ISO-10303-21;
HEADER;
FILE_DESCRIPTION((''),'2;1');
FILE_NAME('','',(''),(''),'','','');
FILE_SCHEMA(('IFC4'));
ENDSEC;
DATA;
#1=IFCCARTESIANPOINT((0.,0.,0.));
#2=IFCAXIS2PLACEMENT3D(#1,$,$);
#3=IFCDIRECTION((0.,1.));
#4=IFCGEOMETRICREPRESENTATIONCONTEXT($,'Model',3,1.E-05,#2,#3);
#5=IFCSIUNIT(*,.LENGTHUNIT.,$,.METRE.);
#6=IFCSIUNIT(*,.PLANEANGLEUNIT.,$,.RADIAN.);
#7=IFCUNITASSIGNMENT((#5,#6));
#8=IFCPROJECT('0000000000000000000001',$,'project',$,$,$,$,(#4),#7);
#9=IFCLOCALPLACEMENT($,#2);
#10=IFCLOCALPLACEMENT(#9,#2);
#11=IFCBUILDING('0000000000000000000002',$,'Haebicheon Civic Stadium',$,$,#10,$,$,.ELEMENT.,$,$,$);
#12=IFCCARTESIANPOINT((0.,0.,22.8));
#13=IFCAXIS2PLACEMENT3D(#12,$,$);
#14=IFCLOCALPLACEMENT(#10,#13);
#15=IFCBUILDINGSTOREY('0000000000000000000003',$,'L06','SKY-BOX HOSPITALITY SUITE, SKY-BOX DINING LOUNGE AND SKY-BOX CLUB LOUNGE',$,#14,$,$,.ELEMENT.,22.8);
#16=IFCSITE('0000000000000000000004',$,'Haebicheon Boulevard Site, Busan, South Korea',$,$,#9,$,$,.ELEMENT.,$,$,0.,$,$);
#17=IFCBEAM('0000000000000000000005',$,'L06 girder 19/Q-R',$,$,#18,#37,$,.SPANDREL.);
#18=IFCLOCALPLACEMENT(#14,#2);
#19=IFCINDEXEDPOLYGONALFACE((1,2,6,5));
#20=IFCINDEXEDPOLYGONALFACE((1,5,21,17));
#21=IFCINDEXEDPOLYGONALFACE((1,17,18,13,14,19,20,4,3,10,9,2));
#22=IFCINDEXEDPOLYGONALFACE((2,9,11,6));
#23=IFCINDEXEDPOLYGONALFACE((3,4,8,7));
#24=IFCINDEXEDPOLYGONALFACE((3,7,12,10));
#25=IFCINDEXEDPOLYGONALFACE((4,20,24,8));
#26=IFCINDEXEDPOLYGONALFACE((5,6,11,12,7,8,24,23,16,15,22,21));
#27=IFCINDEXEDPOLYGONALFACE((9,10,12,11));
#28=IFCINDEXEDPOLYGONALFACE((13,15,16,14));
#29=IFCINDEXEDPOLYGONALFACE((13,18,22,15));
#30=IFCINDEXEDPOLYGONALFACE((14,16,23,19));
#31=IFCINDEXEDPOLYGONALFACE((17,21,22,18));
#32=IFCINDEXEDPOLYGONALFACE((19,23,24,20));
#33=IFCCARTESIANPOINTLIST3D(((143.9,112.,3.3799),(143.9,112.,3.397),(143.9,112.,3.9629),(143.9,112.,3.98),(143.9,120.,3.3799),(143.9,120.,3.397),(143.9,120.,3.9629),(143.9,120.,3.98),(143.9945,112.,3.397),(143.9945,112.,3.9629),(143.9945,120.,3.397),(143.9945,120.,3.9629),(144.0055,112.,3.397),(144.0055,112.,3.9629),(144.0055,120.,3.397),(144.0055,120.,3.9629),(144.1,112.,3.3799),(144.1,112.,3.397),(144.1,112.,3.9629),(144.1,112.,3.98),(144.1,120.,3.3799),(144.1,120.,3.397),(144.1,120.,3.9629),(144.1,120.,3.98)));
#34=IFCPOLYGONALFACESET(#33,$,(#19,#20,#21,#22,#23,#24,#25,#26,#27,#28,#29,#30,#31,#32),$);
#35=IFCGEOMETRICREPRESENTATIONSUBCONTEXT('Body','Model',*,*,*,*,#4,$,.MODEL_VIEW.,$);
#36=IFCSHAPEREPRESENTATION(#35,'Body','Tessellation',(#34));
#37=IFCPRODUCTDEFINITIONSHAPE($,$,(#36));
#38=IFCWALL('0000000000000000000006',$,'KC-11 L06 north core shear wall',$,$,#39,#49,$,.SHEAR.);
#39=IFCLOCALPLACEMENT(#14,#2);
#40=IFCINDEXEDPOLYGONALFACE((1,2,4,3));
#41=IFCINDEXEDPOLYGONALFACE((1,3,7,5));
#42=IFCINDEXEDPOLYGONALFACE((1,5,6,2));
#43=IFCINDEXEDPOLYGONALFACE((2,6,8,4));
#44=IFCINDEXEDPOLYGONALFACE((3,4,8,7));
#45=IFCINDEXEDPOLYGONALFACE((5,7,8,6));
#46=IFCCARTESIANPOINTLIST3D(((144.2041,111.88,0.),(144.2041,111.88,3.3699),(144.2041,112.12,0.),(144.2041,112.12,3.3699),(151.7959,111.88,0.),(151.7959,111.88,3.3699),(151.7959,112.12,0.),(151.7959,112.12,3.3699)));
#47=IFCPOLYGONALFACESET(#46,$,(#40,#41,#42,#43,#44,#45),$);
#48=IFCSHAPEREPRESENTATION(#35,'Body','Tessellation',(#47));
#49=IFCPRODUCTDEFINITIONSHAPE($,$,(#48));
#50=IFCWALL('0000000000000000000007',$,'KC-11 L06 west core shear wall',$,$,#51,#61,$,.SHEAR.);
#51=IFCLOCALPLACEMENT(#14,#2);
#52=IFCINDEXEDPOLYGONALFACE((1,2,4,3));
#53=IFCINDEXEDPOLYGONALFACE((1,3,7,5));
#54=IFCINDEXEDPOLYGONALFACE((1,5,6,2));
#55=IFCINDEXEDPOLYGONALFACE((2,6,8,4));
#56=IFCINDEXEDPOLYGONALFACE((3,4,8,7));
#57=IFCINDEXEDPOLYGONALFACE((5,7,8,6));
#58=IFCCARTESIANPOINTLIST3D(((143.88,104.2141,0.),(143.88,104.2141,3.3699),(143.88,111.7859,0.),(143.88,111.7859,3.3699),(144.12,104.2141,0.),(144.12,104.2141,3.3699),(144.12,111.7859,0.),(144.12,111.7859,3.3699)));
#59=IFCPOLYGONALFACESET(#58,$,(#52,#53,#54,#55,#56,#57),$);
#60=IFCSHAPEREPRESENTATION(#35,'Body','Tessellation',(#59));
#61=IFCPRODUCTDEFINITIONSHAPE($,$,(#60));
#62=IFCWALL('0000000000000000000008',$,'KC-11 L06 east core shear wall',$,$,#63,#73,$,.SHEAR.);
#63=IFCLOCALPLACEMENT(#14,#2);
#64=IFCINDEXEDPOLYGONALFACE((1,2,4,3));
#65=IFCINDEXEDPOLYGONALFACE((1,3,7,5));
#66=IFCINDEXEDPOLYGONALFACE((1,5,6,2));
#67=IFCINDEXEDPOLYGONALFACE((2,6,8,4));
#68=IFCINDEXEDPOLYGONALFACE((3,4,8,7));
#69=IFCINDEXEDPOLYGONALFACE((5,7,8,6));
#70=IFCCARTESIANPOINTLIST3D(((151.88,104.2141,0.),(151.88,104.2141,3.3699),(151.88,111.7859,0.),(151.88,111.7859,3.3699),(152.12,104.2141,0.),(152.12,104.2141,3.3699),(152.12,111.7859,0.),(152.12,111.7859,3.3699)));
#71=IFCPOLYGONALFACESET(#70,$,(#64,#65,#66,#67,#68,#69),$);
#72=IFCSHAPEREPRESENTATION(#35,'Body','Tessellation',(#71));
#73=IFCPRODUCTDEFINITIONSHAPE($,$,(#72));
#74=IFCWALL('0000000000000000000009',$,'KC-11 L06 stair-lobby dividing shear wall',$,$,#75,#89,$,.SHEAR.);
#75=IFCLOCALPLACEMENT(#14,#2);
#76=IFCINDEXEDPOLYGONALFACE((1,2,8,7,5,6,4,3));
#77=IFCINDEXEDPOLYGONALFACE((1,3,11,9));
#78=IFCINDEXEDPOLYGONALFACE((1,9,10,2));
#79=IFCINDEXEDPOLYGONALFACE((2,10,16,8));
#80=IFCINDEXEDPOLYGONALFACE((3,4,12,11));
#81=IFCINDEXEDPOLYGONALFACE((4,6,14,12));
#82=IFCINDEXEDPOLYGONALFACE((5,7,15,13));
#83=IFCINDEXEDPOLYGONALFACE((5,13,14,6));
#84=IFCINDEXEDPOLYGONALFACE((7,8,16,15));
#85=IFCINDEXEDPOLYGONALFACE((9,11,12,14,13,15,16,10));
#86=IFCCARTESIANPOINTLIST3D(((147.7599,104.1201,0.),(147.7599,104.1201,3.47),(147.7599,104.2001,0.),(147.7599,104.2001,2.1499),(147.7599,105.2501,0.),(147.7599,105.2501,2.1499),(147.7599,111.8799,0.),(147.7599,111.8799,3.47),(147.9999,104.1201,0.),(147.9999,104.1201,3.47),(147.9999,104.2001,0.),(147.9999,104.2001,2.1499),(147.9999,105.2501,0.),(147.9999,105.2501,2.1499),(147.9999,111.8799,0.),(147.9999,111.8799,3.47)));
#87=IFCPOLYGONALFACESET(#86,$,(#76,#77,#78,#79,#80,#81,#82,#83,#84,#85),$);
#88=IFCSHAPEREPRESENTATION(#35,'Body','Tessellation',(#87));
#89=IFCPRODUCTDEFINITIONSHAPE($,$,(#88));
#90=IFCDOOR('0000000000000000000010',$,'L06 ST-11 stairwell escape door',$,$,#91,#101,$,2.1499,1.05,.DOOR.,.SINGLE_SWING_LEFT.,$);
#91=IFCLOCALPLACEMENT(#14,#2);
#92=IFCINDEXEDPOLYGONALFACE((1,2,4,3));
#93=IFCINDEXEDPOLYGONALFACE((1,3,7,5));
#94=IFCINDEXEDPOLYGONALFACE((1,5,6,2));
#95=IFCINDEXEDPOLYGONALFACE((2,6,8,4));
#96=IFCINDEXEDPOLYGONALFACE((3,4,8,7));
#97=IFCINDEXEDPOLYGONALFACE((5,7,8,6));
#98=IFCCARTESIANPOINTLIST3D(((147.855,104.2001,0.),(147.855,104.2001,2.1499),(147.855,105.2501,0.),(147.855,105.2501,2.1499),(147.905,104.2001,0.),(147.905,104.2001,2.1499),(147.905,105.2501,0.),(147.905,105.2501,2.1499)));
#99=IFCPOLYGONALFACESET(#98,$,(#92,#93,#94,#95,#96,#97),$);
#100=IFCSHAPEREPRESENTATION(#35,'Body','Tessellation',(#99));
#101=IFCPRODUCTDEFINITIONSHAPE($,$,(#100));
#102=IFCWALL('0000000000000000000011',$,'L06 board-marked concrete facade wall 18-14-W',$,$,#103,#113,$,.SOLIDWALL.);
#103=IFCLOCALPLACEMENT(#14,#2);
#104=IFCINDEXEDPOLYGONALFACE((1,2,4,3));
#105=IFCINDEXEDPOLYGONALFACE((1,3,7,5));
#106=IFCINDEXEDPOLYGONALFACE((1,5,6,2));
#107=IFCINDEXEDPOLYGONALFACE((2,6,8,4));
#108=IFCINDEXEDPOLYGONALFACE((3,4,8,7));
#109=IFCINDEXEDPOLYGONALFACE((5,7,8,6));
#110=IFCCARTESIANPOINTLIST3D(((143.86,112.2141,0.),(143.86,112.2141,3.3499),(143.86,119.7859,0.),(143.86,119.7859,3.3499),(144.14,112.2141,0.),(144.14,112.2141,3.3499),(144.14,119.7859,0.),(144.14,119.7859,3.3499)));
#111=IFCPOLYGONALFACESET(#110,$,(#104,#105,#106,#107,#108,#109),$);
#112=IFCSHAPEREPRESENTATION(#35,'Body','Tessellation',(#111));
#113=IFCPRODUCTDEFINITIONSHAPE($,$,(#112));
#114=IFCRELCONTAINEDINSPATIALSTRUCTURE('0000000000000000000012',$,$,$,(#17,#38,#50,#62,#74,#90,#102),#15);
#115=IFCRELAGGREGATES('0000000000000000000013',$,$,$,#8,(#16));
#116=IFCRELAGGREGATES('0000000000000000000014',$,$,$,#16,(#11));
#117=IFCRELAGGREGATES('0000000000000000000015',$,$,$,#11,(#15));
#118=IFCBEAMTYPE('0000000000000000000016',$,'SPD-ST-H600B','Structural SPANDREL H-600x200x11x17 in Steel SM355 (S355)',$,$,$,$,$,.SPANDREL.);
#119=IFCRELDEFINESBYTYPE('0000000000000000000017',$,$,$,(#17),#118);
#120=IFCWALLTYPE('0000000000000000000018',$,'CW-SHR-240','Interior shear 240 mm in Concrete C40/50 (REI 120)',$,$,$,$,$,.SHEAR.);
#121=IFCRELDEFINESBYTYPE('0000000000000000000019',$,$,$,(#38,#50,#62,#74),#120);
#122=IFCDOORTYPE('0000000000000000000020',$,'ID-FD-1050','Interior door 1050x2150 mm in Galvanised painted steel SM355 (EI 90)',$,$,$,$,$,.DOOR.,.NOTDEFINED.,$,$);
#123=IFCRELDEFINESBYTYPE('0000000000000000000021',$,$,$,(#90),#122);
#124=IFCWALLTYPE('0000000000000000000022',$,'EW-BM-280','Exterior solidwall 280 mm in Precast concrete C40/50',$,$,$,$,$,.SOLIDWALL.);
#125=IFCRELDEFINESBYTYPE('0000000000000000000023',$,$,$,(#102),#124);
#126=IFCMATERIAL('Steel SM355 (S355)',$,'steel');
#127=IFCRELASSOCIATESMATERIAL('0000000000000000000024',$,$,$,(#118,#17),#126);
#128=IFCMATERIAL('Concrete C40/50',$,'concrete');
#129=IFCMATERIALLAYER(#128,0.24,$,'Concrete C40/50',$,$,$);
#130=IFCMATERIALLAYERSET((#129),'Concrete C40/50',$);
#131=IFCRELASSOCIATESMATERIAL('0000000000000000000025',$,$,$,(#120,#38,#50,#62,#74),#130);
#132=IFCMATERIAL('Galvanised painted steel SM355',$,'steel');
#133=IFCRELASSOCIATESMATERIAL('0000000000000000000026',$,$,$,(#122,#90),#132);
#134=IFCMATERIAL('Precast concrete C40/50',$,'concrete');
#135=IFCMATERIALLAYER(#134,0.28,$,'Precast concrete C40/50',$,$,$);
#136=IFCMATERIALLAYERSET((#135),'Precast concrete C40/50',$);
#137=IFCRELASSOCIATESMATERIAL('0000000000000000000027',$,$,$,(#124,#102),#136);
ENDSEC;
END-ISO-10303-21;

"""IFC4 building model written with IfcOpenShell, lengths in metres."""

from ifc_helpers import new_model, si_unit, direction, frame, frame_2d, origin, origin_2d, place, context, subcontext, project, spatial, rectangle, i_section, extrude, material, layer, layer_set, material_profile, profile_set, type_object, element, fill, save


model = new_model("IFC4")

# Units and contexts
model_context = context("Model", 3, precision=1e-05, world=origin(), true_north=direction((0.0, 1.0)))
body_context = subcontext(model_context, "Body", "Model", "MODEL_VIEW")
ifc_project = project(units=[si_unit("LENGTHUNIT", "METRE"), si_unit("PLANEANGLEUNIT", "RADIAN")], contexts=[model_context])

# Site, building, storey
site_placement = place(None, origin())
site = spatial("IfcSite", under=ifc_project, at=site_placement, Name="Haebicheon Boulevard Site, Busan, South Korea", CompositionType="ELEMENT", RefElevation=0.0)
building_placement = place(site_placement, origin())
building = spatial("IfcBuilding", under=site, at=building_placement, Name="Haebicheon Civic Stadium", CompositionType="ELEMENT")
storey_placement = place(building_placement, frame((0.0, 0.0, 22.8)))
storey = spatial("IfcBuildingStorey", under=building, at=storey_placement, Name="L06", Description="SKY-BOX HOSPITALITY SUITE, SKY-BOX DINING LOUNGE AND SKY-BOX CLUB LOUNGE", CompositionType="ELEMENT", Elevation=22.8)

# Beam
ifc_material_1 = material(Name="Steel SM355 (S355)", Category="steel")
ifc_material_profile_1 = material_profile(ifc_material_1, i_section(OverallWidth=0.2, OverallDepth=0.6001, WebThickness=0.011, FlangeThickness=0.0171, at=origin_2d()), Name="H-600x200x11x17")
ifc_profile_set_1 = profile_set([ifc_material_profile_1], Name="Steel SM355 (S355)")
beam_type_1 = type_object("IfcBeamType", Name="SPD-ST-H600B", Description="Structural SPANDREL H-600x200x11x17 in Steel SM355 (S355)", PredefinedType="SPANDREL", material=ifc_profile_set_1)
beam_1_placement = place(storey_placement, frame((144.0, 112.0, 3.6799), z_axis=(0.0, 1.0, 0.0), x_axis=(-1.0, 0.0, 0.0)))
element("IfcBeam", 1, at=beam_1_placement, inside=storey, type_object=beam_type_1, material=ifc_profile_set_1, Name="L06 girder 19/Q-R", PredefinedType="SPANDREL", context=body_context, shape_type="SweptSolid", body=[
    extrude(i_section(OverallWidth=0.2, OverallDepth=0.6001, WebThickness=0.011, FlangeThickness=0.0171, at=origin_2d()), origin(), (0.0, 0.0, 1.0), 8.0),
])

# Walls
ifc_material_2 = material(Name="Concrete C40/50", Category="concrete")
ifc_layer_1 = layer(ifc_material_2, 0.24, Name="Concrete C40/50")
ifc_layer_set_1 = layer_set([ifc_layer_1], Name="Concrete C40/50")
wall_type_1 = type_object("IfcWallType", Name="CW-SHR-240", Description="Interior shear 240 mm in Concrete C40/50 (REI 120)", PredefinedType="SHEAR", material=ifc_layer_set_1)
wall_1_placement = place(storey_placement, frame((144.2041, 112.0, 0.0), z_axis=(0.0, 0.0, 1.0), x_axis=(1.0, 0.0, 0.0)))
element("IfcWall", 2, at=wall_1_placement, inside=storey, type_object=wall_type_1, material=ifc_layer_set_1, Name="KC-11 L06 north core shear wall", PredefinedType="SHEAR", context=body_context, shape_type="SweptSolid", body=[
    extrude(rectangle(XDim=7.5918, YDim=0.24, at=frame_2d((3.7959, 0.0))), origin(), (0.0, 0.0, 1.0), 3.3699),
])
for number, where, z_axis, x_axis, name in (
    (3, (144.0, 104.2141, 0.0), (0.0, 0.0, 1.0), (0.0, 1.0, 0.0), "KC-11 L06 west core shear wall"),
    (4, (152.0, 104.2141, 0.0), (0.0, 0.0, 1.0), (0.0, 1.0, 0.0), "KC-11 L06 east core shear wall"),
):
    element("IfcWall", number, at=place(storey_placement, frame(where, z_axis=z_axis, x_axis=x_axis)), inside=storey, type_object=wall_type_1, material=ifc_layer_set_1, Name=name, PredefinedType="SHEAR", context=body_context, shape_type="SweptSolid", body=[
        extrude(rectangle(XDim=7.5718, YDim=0.24, at=frame_2d((3.7859, 0.0))), origin(), (0.0, 0.0, 1.0), 3.3699),
    ])

# Wall, opening, door
wall_2_placement = place(storey_placement, frame((147.8799, 104.1201, 0.0), z_axis=(0.0, 0.0, 1.0), x_axis=(0.0, 1.0, 0.0)))
wall_2 = element("IfcWall", 5, at=wall_2_placement, inside=storey, type_object=wall_type_1, material=ifc_layer_set_1, Name="KC-11 L06 stair-lobby dividing shear wall", PredefinedType="SHEAR", context=body_context, shape_type="SweptSolid", body=[
    extrude(rectangle(XDim=7.7598, YDim=0.24, at=frame_2d((3.8799, 0.0))), origin(), (0.0, 0.0, 1.0), 3.47),
])
opening_1_placement = place(wall_2_placement, frame((0.0801, 0.0, 0.0)))
opening_1 = element("IfcOpeningElement", 6, at=opening_1_placement, cuts=wall_2, PredefinedType="OPENING", context=body_context, shape_type="SweptSolid", body=[
    extrude(rectangle(XDim=1.05, YDim=2.1499, at=frame_2d((0.5249, 1.075))), frame((0.0, 0.1299, 0.0), z_axis=(0.0, -1.0, 0.0), x_axis=(1.0, 0.0, 0.0)), (0.0, 0.0, 1.0), 0.26),
])
ifc_material_3 = material(Name="Galvanised painted steel SM355", Category="steel")
door_type_1 = type_object("IfcDoorType", Name="ID-FD-1050", Description="Interior door 1050x2150 mm in Galvanised painted steel SM355 (EI 90)", OperationType="NOTDEFINED", PredefinedType="DOOR", material=ifc_material_3)
door_1_placement = place(opening_1_placement, origin())
door_1 = element("IfcDoor", 7, at=door_1_placement, inside=storey, type_object=door_type_1, material=ifc_material_3, Name="L06 ST-11 stairwell escape door", OperationType="SINGLE_SWING_LEFT", OverallHeight=2.1499, OverallWidth=1.05, PredefinedType="DOOR", context=body_context, shape_type="SweptSolid", body=[
    extrude(rectangle(XDim=1.05, YDim=2.1499, at=frame_2d((0.5249, 1.075))), frame((0.0, 0.0249, 0.0), z_axis=(0.0, -1.0, 0.0), x_axis=(1.0, 0.0, 0.0)), (0.0, 0.0, 1.0), 0.05),
])
fill(opening_1, door_1)

# Wall
ifc_material_4 = material(Name="Precast concrete C40/50", Category="concrete")
ifc_layer_2 = layer(ifc_material_4, 0.28, Name="Precast concrete C40/50")
ifc_layer_set_2 = layer_set([ifc_layer_2], Name="Precast concrete C40/50")
wall_type_2 = type_object("IfcWallType", Name="EW-BM-280", Description="Exterior solidwall 280 mm in Precast concrete C40/50", PredefinedType="SOLIDWALL", material=ifc_layer_set_2)
wall_3_placement = place(storey_placement, frame((144.0, 112.2141, 0.0), z_axis=(0.0, 0.0, 1.0), x_axis=(0.0, 1.0, 0.0)))
element("IfcWall", 8, at=wall_3_placement, inside=storey, type_object=wall_type_2, material=ifc_layer_set_2, Name="L06 board-marked concrete facade wall 18-14-W", PredefinedType="SOLIDWALL", context=body_context, shape_type="SweptSolid", body=[
    extrude(rectangle(XDim=7.5718, YDim=0.28, at=frame_2d((3.7859, 0.0))), origin(), (0.0, 0.0, 1.0), 3.3499),
])

save(model, "model.ifc")
